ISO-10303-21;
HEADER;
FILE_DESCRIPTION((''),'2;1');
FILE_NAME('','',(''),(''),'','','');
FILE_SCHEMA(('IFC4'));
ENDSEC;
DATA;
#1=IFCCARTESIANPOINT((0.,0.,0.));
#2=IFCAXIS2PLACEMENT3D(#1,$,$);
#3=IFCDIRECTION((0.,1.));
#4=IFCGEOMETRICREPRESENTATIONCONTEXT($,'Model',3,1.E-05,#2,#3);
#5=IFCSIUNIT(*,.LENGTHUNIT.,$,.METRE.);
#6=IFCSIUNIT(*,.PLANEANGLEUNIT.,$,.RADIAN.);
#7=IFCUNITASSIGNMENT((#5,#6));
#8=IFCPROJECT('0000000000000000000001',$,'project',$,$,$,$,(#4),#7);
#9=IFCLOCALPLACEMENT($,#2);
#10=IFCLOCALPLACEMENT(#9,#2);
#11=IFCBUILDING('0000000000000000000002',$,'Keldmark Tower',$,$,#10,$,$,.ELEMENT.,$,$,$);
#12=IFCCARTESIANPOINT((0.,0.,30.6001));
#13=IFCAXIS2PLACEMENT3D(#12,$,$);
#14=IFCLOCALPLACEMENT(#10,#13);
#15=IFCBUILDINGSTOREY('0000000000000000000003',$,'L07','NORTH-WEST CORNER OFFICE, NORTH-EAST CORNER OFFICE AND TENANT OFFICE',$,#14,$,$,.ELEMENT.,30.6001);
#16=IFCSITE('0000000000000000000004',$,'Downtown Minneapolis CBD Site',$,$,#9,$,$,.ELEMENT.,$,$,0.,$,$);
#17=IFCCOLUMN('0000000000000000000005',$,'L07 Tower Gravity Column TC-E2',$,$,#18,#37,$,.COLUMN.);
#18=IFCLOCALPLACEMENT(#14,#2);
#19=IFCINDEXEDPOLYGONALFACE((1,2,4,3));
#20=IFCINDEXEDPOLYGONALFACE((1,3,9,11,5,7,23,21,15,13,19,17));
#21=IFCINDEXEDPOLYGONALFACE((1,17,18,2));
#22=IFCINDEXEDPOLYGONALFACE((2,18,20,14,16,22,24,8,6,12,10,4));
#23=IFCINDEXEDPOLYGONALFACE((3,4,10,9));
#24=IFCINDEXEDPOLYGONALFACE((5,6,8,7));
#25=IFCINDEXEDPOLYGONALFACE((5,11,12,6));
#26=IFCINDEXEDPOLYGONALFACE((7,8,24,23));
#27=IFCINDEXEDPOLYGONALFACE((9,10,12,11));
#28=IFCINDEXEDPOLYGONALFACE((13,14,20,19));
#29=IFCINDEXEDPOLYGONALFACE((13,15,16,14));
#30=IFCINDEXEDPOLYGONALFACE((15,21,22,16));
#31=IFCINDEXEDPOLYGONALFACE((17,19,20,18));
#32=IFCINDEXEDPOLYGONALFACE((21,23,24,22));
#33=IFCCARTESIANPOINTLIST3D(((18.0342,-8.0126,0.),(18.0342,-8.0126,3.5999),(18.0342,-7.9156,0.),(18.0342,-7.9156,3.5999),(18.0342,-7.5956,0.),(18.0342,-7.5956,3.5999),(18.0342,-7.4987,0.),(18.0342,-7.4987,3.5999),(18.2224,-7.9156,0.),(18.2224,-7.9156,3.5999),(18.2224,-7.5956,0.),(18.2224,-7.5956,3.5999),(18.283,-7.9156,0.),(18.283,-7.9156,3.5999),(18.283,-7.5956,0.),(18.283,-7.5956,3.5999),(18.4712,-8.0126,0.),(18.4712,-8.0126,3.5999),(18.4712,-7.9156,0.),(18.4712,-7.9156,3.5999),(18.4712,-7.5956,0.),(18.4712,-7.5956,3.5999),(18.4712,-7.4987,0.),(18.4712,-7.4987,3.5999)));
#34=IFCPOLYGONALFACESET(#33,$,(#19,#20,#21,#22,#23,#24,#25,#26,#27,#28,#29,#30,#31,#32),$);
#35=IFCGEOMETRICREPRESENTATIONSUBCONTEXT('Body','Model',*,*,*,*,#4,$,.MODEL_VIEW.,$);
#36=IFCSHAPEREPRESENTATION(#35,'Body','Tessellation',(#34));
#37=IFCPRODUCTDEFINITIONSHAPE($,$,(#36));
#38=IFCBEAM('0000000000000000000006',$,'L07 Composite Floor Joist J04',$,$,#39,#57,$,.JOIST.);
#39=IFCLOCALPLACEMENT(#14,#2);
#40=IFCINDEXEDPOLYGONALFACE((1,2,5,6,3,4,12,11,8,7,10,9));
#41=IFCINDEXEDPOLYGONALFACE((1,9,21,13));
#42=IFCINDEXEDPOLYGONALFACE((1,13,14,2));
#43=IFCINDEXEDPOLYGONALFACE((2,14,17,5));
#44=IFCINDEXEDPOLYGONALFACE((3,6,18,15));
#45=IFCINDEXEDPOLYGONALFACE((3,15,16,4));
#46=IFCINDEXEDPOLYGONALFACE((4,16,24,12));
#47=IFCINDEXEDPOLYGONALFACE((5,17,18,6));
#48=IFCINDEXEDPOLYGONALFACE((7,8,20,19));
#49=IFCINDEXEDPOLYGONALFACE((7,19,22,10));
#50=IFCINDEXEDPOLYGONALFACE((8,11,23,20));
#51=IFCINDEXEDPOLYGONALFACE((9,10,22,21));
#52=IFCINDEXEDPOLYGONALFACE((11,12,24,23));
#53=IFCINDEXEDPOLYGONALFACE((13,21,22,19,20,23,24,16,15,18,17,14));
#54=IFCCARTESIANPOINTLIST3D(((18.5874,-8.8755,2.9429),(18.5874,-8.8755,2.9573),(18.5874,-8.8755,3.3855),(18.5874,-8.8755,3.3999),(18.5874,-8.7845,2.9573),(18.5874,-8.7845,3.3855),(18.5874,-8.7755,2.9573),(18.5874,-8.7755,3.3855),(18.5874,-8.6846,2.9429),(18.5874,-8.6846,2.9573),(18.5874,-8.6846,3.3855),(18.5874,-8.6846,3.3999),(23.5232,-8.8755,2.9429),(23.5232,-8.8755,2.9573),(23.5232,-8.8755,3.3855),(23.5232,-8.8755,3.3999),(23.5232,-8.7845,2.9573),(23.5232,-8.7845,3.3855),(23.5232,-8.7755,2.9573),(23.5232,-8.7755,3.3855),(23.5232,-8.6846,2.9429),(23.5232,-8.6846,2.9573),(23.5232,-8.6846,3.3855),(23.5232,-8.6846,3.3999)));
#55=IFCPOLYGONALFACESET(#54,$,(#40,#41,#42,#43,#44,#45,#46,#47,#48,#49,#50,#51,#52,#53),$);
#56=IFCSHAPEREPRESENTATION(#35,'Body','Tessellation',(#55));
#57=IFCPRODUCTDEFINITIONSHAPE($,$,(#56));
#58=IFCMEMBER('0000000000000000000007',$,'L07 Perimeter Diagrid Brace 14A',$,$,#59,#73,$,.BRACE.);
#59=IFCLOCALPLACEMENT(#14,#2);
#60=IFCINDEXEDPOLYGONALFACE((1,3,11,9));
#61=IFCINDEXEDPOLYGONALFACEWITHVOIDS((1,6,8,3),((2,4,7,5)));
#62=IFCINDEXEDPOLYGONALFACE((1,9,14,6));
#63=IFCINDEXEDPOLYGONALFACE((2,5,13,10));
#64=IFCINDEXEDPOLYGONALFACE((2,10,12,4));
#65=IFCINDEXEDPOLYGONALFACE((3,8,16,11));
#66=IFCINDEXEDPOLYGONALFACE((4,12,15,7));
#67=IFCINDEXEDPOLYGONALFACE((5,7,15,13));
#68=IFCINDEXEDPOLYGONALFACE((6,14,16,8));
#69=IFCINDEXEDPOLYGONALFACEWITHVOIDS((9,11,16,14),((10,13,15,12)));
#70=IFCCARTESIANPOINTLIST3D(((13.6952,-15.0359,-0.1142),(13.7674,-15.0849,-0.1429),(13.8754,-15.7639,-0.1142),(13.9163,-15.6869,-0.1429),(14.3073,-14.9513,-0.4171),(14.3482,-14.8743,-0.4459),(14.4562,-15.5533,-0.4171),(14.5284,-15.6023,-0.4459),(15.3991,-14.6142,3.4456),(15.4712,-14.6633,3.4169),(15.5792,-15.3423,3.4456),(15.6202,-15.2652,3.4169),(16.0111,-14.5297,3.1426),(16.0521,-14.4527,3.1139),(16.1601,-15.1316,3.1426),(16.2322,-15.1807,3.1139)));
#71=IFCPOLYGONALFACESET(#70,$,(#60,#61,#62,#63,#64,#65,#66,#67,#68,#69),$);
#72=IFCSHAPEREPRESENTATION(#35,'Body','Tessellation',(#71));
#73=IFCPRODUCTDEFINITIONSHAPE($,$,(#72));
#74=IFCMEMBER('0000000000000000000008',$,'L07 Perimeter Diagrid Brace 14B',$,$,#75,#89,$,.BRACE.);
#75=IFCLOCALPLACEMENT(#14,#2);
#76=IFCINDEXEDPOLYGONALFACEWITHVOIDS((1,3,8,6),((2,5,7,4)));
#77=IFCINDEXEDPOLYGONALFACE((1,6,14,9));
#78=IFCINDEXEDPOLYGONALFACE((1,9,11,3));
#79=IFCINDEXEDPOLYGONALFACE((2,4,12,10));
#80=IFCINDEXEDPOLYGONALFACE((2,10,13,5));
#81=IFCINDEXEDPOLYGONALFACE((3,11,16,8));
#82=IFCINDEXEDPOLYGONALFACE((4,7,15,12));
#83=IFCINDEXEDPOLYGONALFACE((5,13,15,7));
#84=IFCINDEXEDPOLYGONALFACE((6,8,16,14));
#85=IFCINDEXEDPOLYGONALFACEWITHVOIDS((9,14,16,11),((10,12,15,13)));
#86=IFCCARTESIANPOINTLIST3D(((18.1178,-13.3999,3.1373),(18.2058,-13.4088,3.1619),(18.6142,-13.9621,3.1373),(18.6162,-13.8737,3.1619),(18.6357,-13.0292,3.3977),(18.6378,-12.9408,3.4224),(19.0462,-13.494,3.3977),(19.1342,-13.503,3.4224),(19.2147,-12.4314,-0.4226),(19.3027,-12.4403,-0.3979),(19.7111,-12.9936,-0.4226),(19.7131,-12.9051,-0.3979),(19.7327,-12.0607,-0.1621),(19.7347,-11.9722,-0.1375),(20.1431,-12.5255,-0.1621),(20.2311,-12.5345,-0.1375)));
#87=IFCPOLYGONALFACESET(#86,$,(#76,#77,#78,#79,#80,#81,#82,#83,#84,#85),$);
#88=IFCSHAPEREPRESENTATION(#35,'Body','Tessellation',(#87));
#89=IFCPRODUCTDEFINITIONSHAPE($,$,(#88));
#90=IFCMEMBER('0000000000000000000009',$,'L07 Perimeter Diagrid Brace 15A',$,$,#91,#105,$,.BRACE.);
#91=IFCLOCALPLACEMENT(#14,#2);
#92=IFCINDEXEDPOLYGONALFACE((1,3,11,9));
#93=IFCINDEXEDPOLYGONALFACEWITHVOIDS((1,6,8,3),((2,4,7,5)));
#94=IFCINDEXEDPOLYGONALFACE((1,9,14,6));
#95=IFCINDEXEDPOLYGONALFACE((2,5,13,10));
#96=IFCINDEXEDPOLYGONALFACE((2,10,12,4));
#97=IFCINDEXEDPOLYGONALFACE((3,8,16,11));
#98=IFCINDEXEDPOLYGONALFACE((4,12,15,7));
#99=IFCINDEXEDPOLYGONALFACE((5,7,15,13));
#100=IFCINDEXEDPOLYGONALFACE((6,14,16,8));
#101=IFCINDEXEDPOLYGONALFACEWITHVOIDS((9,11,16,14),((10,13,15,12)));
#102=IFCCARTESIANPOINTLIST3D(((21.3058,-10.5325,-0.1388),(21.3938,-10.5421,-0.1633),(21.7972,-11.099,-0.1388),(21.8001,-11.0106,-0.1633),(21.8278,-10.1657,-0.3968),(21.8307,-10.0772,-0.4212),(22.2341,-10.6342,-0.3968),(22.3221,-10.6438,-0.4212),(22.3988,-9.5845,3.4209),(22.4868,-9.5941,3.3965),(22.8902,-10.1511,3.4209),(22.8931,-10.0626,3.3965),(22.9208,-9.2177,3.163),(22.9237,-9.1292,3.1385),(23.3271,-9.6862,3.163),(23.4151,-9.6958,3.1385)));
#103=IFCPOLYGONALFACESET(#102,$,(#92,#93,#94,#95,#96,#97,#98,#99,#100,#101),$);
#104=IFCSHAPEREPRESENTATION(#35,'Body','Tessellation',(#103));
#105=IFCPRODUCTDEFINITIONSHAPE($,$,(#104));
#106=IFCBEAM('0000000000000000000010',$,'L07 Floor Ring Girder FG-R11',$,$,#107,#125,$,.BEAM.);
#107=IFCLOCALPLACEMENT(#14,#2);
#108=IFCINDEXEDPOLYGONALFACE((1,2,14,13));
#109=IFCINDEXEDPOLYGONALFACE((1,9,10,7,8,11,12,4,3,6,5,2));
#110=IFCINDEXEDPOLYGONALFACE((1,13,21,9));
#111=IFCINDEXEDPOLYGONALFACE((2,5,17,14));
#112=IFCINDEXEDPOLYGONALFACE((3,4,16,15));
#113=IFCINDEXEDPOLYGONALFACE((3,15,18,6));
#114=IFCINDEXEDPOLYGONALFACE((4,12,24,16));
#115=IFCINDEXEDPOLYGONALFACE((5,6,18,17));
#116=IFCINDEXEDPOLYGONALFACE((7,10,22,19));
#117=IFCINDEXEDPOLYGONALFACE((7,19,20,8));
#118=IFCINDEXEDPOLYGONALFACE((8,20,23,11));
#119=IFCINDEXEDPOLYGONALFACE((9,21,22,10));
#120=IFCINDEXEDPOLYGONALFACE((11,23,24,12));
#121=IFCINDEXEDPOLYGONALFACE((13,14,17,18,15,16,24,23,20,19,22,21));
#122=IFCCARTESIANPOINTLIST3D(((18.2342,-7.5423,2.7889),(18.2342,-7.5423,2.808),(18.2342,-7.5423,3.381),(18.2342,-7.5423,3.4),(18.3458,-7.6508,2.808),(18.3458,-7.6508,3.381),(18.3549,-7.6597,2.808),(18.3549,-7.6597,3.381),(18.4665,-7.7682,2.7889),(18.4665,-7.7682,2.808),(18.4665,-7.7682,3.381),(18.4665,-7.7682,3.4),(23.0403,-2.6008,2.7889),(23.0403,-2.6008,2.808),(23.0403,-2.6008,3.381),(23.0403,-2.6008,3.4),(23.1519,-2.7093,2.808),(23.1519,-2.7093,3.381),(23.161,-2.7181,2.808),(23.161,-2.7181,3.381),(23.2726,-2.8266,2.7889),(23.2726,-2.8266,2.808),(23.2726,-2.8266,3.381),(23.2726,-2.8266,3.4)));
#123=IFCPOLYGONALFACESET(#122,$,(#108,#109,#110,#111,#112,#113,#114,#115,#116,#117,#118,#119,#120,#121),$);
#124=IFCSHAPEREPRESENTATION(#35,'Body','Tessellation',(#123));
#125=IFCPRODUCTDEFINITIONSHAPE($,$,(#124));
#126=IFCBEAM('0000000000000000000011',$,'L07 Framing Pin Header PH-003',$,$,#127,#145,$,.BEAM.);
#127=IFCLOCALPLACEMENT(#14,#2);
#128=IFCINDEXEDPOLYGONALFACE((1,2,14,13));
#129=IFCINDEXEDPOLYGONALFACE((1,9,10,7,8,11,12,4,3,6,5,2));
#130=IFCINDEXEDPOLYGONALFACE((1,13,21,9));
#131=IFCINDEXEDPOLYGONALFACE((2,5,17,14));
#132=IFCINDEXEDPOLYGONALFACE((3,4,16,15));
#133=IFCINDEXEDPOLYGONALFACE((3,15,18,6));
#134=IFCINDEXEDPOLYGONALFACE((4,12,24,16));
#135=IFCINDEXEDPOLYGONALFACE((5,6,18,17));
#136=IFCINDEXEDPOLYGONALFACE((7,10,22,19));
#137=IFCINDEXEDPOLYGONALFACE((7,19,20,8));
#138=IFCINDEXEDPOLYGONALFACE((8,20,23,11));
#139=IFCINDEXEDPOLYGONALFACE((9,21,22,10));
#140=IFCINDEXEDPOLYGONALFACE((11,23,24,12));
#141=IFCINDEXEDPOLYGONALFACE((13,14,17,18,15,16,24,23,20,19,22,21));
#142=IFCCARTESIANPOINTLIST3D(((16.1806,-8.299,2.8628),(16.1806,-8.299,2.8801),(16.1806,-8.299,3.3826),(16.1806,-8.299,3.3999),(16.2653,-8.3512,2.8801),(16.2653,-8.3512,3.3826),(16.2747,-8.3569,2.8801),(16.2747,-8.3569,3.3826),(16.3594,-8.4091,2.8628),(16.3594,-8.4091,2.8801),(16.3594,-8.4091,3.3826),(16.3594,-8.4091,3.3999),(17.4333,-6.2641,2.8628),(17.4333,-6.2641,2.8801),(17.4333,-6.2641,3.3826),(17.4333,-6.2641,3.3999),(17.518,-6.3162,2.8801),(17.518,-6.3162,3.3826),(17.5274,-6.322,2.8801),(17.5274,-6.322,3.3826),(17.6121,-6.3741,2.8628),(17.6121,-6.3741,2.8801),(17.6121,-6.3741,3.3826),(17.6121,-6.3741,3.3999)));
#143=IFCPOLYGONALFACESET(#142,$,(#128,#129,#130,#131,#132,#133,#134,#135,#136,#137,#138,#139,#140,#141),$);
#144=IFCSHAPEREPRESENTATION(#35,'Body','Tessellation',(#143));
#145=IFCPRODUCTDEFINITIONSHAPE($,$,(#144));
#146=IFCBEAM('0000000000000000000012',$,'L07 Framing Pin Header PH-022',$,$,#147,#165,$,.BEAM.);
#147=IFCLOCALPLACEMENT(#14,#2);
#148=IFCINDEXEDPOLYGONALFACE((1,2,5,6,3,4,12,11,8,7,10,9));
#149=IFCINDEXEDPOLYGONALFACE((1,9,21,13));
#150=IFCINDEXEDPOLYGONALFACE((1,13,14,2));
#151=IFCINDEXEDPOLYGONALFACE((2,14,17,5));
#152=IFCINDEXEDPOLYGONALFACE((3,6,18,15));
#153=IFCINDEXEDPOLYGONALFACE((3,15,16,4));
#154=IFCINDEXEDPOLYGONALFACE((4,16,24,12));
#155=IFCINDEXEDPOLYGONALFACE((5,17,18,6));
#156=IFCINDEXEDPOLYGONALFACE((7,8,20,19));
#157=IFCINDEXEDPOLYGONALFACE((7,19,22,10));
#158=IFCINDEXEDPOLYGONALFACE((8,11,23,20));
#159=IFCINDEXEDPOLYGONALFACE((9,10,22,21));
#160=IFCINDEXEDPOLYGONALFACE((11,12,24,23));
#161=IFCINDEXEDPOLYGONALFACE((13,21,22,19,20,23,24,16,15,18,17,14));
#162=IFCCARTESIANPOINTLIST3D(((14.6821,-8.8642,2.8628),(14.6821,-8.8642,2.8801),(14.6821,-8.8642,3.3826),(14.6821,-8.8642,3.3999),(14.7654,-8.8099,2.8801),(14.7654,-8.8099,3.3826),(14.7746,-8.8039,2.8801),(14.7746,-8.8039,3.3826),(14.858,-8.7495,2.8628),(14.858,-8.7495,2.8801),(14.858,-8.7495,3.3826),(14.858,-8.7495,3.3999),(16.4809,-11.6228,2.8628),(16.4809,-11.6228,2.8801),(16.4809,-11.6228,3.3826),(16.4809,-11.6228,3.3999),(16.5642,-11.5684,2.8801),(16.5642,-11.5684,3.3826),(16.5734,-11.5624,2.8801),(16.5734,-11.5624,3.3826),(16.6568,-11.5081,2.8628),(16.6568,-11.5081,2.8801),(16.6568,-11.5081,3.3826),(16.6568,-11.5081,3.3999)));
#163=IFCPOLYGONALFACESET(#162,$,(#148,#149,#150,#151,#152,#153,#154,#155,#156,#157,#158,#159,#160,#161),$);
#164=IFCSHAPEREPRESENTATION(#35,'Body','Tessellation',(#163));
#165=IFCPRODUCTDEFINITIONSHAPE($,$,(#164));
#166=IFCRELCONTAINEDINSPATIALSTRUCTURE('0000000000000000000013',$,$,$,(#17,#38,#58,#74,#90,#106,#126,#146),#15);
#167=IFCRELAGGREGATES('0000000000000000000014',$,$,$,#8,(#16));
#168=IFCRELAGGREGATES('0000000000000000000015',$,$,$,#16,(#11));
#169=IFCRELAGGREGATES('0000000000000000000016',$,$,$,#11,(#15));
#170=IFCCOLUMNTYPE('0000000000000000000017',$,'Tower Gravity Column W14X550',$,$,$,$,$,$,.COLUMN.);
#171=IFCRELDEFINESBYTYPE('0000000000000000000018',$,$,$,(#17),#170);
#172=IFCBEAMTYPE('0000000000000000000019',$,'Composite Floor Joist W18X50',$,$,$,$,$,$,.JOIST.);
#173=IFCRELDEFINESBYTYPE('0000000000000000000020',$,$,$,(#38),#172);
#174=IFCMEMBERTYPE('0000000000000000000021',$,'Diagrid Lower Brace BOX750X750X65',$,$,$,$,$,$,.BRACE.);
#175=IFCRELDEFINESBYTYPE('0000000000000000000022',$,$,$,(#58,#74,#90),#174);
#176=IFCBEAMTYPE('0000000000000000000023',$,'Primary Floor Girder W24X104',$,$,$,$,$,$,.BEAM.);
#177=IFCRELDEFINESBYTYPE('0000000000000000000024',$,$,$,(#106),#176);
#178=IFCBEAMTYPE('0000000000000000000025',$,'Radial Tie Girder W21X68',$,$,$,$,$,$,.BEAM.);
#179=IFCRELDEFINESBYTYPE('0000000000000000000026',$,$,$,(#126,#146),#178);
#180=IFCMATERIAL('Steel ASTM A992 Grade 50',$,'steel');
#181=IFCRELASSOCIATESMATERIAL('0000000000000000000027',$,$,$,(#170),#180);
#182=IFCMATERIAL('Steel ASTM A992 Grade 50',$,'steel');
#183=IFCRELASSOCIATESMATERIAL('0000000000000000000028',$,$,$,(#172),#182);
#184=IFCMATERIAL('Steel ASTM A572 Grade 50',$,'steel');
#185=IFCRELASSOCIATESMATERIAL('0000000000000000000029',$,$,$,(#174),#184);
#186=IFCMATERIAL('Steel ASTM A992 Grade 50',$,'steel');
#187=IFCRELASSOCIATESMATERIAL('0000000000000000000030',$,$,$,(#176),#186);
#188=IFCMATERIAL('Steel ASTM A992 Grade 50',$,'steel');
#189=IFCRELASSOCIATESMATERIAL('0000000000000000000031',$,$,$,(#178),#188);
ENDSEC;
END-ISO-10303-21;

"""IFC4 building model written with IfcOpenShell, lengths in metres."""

from ifc_helpers import new_model, si_unit, direction, frame, origin, origin_2d, place, context, subcontext, project, spatial, hollow_rectangle, i_section, extrude, material, material_profile, profile_set, type_object, element, save


model = new_model("IFC4")

# Units and contexts
model_context = context("Model", 3, precision=1e-05, world=origin(), true_north=direction((0.0, 1.0)))
body_context = subcontext(model_context, "Body", "Model", "MODEL_VIEW")
ifc_project = project(units=[si_unit("LENGTHUNIT", "METRE"), si_unit("PLANEANGLEUNIT", "RADIAN")], contexts=[model_context])

# Site, building, storey
site_placement = place(None, origin())
site = spatial("IfcSite", under=ifc_project, at=site_placement, Name="Downtown Minneapolis CBD Site", CompositionType="ELEMENT", RefElevation=0.0)
building_placement = place(site_placement, origin())
building = spatial("IfcBuilding", under=site, at=building_placement, Name="Keldmark Tower", CompositionType="ELEMENT")
storey_placement = place(building_placement, frame((0.0, 0.0, 30.6001)))
storey = spatial("IfcBuildingStorey", under=building, at=storey_placement, Name="L07", Description="NORTH-WEST CORNER OFFICE, NORTH-EAST CORNER OFFICE AND TENANT OFFICE", CompositionType="ELEMENT", Elevation=30.6001)

# Column
ifc_material_1 = material(Name="Steel ASTM A992 Grade 50", Category="steel")
ifc_material_profile_1 = material_profile(ifc_material_1, i_section(OverallWidth=0.437, OverallDepth=0.5139, WebThickness=0.0605, FlangeThickness=0.0969, at=origin_2d()), Name="W14X550")
ifc_profile_set_1 = profile_set([ifc_material_profile_1], Name="Steel ASTM A992 Grade 50")
column_type = type_object("IfcColumnType", Name="Tower Gravity Column W14X550", PredefinedType="COLUMN", material=ifc_profile_set_1)
column_placement = place(storey_placement, frame((18.2527, -7.7556, 0.0), z_axis=(0.0, 0.0, 1.0), x_axis=(1.0, 0.0, 0.0)))
element("IfcColumn", 1, at=column_placement, inside=storey, type_object=column_type, Name="L07 Tower Gravity Column TC-E2", PredefinedType="COLUMN", context=body_context, shape_type="SweptSolid", body=[
    extrude(i_section(OverallWidth=0.437, OverallDepth=0.5139, WebThickness=0.0605, FlangeThickness=0.0969, at=origin_2d()), origin(), (0.0, 0.0, 1.0), 3.5999),
])

# Beam
ifc_material_2 = material(Name="Steel ASTM A992 Grade 50", Category="steel")
ifc_material_profile_2 = material_profile(ifc_material_2, i_section(OverallWidth=0.1909, OverallDepth=0.457, WebThickness=0.009, FlangeThickness=0.0144, at=origin_2d()), Name="W18X50")
ifc_profile_set_2 = profile_set([ifc_material_profile_2], Name="Steel ASTM A992 Grade 50")
beam_type_1 = type_object("IfcBeamType", Name="Composite Floor Joist W18X50", PredefinedType="JOIST", material=ifc_profile_set_2)
beam_1_placement = place(storey_placement, frame((18.5874, -8.78, 3.1714), z_axis=(1.0, 0.0, 0.0), x_axis=(0.0, 1.0, 0.0)))
element("IfcBeam", 2, at=beam_1_placement, inside=storey, type_object=beam_type_1, Name="L07 Composite Floor Joist J04", PredefinedType="JOIST", context=body_context, shape_type="SweptSolid", body=[
    extrude(i_section(OverallWidth=0.1909, OverallDepth=0.457, WebThickness=0.009, FlangeThickness=0.0144, at=origin_2d()), origin(), (0.0, 0.0, 1.0), 4.9358),
])

# Members
ifc_material_3 = material(Name="Steel ASTM A572 Grade 50", Category="steel")
ifc_material_profile_3 = material_profile(ifc_material_3, hollow_rectangle(XDim=0.75, YDim=0.75, WallThickness=0.0649, at=origin_2d()), Name="BOX750X750X65")
ifc_profile_set_3 = profile_set([ifc_material_profile_3], Name="Steel ASTM A572 Grade 50")
member_type = type_object("IfcMemberType", Name="Diagrid Lower Brace BOX750X750X65", PredefinedType="BRACE", material=ifc_profile_set_3)
member_1_placement = place(storey_placement, frame((14.1118, -15.3191, -0.28), z_axis=(0.429288, 0.10623, 0.896898), x_axis=(-0.240211, 0.970721, 0.0)))
element("IfcMember", 3, at=member_1_placement, inside=storey, type_object=member_type, Name="L07 Perimeter Diagrid Brace 14A", PredefinedType="BRACE", context=body_context, shape_type="SweptSolid", body=[
    extrude(hollow_rectangle(XDim=0.75, YDim=0.75, WallThickness=0.0649, at=origin_2d()), origin(), (0.0, 0.0, 1.0), 3.969),
])
member_2_placement = place(storey_placement, frame((19.7229, -12.4829, -0.28), z_axis=(-0.285002, -0.251636, 0.924907), x_axis=(0.661864, -0.749624, 0.0)))
element("IfcMember", 4, at=member_2_placement, inside=storey, type_object=member_type, Name="L07 Perimeter Diagrid Brace 14B", PredefinedType="BRACE", context=body_context, shape_type="SweptSolid", body=[
    extrude(hollow_rectangle(XDim=0.75, YDim=0.75, WallThickness=0.0649, at=origin_2d()), origin(), (0.0, 0.0, 1.0), 3.8489),
])
member_3_placement = place(storey_placement, frame((21.814, -10.5881, -0.28), z_axis=(0.284447, 0.246707, 0.926405), x_axis=(-0.655213, 0.755444, 0.0)))
element("IfcMember", 5, at=member_3_placement, inside=storey, type_object=member_type, Name="L07 Perimeter Diagrid Brace 15A", PredefinedType="BRACE", context=body_context, shape_type="SweptSolid", body=[
    extrude(hollow_rectangle(XDim=0.75, YDim=0.75, WallThickness=0.0649, at=origin_2d()), origin(), (0.0, 0.0, 1.0), 3.8425),
])

# Beams
ifc_material_4 = material(Name="Steel ASTM A992 Grade 50", Category="steel")
ifc_material_profile_4 = material_profile(ifc_material_4, i_section(OverallWidth=0.324, OverallDepth=0.6111, WebThickness=0.0127, FlangeThickness=0.019, at=origin_2d()), Name="W24X104")
ifc_profile_set_4 = profile_set([ifc_material_profile_4], Name="Steel ASTM A992 Grade 50")
beam_type_2 = type_object("IfcBeamType", Name="Primary Floor Girder W24X104", PredefinedType="BEAM", material=ifc_profile_set_4)
beam_2_placement = place(storey_placement, frame((18.3503, -7.6553, 3.0945), z_axis=(0.69721, 0.716867, 0.0), x_axis=(-0.716867, 0.69721, 0.0)))
element("IfcBeam", 6, at=beam_2_placement, inside=storey, type_object=beam_type_2, Name="L07 Floor Ring Girder FG-R11", PredefinedType="BEAM", context=body_context, shape_type="SweptSolid", body=[
    extrude(i_section(OverallWidth=0.324, OverallDepth=0.6111, WebThickness=0.0127, FlangeThickness=0.019, at=origin_2d()), origin(), (0.0, 0.0, 1.0), 6.8933),
])
ifc_material_5 = material(Name="Steel ASTM A992 Grade 50", Category="steel")
ifc_material_profile_5 = material_profile(ifc_material_5, i_section(OverallWidth=0.21, OverallDepth=0.5371, WebThickness=0.011, FlangeThickness=0.0173, at=origin_2d()), Name="W21X68")
ifc_profile_set_5 = profile_set([ifc_material_profile_5], Name="Steel ASTM A992 Grade 50")
beam_type_3 = type_object("IfcBeamType", Name="Radial Tie Girder W21X68", PredefinedType="BEAM", material=ifc_profile_set_5)
beam_3_placement = place(storey_placement, frame((17.5227, -6.3191, 3.1313), z_axis=(-0.524229, -0.851578, 0.0), x_axis=(0.851578, -0.524229, 0.0)))
element("IfcBeam", 7, at=beam_3_placement, inside=storey, type_object=beam_type_3, Name="L07 Framing Pin Header PH-003", PredefinedType="BEAM", context=body_context, shape_type="SweptSolid", body=[
    extrude(i_section(OverallWidth=0.21, OverallDepth=0.5371, WebThickness=0.011, FlangeThickness=0.0173, at=origin_2d()), origin(), (0.0, 0.0, 1.0), 2.3896),
])
beam_4_placement = place(storey_placement, frame((14.77, -8.8069, 3.1313), z_axis=(0.54622, -0.837642, 0.0), x_axis=(0.837642, 0.54622, 0.0)))
element("IfcBeam", 8, at=beam_4_placement, inside=storey, type_object=beam_type_3, Name="L07 Framing Pin Header PH-022", PredefinedType="BEAM", context=body_context, shape_type="SweptSolid", body=[
    extrude(i_section(OverallWidth=0.21, OverallDepth=0.5371, WebThickness=0.011, FlangeThickness=0.0173, at=origin_2d()), origin(), (0.0, 0.0, 1.0), 3.2932),
])

save(model, "model.ifc")
